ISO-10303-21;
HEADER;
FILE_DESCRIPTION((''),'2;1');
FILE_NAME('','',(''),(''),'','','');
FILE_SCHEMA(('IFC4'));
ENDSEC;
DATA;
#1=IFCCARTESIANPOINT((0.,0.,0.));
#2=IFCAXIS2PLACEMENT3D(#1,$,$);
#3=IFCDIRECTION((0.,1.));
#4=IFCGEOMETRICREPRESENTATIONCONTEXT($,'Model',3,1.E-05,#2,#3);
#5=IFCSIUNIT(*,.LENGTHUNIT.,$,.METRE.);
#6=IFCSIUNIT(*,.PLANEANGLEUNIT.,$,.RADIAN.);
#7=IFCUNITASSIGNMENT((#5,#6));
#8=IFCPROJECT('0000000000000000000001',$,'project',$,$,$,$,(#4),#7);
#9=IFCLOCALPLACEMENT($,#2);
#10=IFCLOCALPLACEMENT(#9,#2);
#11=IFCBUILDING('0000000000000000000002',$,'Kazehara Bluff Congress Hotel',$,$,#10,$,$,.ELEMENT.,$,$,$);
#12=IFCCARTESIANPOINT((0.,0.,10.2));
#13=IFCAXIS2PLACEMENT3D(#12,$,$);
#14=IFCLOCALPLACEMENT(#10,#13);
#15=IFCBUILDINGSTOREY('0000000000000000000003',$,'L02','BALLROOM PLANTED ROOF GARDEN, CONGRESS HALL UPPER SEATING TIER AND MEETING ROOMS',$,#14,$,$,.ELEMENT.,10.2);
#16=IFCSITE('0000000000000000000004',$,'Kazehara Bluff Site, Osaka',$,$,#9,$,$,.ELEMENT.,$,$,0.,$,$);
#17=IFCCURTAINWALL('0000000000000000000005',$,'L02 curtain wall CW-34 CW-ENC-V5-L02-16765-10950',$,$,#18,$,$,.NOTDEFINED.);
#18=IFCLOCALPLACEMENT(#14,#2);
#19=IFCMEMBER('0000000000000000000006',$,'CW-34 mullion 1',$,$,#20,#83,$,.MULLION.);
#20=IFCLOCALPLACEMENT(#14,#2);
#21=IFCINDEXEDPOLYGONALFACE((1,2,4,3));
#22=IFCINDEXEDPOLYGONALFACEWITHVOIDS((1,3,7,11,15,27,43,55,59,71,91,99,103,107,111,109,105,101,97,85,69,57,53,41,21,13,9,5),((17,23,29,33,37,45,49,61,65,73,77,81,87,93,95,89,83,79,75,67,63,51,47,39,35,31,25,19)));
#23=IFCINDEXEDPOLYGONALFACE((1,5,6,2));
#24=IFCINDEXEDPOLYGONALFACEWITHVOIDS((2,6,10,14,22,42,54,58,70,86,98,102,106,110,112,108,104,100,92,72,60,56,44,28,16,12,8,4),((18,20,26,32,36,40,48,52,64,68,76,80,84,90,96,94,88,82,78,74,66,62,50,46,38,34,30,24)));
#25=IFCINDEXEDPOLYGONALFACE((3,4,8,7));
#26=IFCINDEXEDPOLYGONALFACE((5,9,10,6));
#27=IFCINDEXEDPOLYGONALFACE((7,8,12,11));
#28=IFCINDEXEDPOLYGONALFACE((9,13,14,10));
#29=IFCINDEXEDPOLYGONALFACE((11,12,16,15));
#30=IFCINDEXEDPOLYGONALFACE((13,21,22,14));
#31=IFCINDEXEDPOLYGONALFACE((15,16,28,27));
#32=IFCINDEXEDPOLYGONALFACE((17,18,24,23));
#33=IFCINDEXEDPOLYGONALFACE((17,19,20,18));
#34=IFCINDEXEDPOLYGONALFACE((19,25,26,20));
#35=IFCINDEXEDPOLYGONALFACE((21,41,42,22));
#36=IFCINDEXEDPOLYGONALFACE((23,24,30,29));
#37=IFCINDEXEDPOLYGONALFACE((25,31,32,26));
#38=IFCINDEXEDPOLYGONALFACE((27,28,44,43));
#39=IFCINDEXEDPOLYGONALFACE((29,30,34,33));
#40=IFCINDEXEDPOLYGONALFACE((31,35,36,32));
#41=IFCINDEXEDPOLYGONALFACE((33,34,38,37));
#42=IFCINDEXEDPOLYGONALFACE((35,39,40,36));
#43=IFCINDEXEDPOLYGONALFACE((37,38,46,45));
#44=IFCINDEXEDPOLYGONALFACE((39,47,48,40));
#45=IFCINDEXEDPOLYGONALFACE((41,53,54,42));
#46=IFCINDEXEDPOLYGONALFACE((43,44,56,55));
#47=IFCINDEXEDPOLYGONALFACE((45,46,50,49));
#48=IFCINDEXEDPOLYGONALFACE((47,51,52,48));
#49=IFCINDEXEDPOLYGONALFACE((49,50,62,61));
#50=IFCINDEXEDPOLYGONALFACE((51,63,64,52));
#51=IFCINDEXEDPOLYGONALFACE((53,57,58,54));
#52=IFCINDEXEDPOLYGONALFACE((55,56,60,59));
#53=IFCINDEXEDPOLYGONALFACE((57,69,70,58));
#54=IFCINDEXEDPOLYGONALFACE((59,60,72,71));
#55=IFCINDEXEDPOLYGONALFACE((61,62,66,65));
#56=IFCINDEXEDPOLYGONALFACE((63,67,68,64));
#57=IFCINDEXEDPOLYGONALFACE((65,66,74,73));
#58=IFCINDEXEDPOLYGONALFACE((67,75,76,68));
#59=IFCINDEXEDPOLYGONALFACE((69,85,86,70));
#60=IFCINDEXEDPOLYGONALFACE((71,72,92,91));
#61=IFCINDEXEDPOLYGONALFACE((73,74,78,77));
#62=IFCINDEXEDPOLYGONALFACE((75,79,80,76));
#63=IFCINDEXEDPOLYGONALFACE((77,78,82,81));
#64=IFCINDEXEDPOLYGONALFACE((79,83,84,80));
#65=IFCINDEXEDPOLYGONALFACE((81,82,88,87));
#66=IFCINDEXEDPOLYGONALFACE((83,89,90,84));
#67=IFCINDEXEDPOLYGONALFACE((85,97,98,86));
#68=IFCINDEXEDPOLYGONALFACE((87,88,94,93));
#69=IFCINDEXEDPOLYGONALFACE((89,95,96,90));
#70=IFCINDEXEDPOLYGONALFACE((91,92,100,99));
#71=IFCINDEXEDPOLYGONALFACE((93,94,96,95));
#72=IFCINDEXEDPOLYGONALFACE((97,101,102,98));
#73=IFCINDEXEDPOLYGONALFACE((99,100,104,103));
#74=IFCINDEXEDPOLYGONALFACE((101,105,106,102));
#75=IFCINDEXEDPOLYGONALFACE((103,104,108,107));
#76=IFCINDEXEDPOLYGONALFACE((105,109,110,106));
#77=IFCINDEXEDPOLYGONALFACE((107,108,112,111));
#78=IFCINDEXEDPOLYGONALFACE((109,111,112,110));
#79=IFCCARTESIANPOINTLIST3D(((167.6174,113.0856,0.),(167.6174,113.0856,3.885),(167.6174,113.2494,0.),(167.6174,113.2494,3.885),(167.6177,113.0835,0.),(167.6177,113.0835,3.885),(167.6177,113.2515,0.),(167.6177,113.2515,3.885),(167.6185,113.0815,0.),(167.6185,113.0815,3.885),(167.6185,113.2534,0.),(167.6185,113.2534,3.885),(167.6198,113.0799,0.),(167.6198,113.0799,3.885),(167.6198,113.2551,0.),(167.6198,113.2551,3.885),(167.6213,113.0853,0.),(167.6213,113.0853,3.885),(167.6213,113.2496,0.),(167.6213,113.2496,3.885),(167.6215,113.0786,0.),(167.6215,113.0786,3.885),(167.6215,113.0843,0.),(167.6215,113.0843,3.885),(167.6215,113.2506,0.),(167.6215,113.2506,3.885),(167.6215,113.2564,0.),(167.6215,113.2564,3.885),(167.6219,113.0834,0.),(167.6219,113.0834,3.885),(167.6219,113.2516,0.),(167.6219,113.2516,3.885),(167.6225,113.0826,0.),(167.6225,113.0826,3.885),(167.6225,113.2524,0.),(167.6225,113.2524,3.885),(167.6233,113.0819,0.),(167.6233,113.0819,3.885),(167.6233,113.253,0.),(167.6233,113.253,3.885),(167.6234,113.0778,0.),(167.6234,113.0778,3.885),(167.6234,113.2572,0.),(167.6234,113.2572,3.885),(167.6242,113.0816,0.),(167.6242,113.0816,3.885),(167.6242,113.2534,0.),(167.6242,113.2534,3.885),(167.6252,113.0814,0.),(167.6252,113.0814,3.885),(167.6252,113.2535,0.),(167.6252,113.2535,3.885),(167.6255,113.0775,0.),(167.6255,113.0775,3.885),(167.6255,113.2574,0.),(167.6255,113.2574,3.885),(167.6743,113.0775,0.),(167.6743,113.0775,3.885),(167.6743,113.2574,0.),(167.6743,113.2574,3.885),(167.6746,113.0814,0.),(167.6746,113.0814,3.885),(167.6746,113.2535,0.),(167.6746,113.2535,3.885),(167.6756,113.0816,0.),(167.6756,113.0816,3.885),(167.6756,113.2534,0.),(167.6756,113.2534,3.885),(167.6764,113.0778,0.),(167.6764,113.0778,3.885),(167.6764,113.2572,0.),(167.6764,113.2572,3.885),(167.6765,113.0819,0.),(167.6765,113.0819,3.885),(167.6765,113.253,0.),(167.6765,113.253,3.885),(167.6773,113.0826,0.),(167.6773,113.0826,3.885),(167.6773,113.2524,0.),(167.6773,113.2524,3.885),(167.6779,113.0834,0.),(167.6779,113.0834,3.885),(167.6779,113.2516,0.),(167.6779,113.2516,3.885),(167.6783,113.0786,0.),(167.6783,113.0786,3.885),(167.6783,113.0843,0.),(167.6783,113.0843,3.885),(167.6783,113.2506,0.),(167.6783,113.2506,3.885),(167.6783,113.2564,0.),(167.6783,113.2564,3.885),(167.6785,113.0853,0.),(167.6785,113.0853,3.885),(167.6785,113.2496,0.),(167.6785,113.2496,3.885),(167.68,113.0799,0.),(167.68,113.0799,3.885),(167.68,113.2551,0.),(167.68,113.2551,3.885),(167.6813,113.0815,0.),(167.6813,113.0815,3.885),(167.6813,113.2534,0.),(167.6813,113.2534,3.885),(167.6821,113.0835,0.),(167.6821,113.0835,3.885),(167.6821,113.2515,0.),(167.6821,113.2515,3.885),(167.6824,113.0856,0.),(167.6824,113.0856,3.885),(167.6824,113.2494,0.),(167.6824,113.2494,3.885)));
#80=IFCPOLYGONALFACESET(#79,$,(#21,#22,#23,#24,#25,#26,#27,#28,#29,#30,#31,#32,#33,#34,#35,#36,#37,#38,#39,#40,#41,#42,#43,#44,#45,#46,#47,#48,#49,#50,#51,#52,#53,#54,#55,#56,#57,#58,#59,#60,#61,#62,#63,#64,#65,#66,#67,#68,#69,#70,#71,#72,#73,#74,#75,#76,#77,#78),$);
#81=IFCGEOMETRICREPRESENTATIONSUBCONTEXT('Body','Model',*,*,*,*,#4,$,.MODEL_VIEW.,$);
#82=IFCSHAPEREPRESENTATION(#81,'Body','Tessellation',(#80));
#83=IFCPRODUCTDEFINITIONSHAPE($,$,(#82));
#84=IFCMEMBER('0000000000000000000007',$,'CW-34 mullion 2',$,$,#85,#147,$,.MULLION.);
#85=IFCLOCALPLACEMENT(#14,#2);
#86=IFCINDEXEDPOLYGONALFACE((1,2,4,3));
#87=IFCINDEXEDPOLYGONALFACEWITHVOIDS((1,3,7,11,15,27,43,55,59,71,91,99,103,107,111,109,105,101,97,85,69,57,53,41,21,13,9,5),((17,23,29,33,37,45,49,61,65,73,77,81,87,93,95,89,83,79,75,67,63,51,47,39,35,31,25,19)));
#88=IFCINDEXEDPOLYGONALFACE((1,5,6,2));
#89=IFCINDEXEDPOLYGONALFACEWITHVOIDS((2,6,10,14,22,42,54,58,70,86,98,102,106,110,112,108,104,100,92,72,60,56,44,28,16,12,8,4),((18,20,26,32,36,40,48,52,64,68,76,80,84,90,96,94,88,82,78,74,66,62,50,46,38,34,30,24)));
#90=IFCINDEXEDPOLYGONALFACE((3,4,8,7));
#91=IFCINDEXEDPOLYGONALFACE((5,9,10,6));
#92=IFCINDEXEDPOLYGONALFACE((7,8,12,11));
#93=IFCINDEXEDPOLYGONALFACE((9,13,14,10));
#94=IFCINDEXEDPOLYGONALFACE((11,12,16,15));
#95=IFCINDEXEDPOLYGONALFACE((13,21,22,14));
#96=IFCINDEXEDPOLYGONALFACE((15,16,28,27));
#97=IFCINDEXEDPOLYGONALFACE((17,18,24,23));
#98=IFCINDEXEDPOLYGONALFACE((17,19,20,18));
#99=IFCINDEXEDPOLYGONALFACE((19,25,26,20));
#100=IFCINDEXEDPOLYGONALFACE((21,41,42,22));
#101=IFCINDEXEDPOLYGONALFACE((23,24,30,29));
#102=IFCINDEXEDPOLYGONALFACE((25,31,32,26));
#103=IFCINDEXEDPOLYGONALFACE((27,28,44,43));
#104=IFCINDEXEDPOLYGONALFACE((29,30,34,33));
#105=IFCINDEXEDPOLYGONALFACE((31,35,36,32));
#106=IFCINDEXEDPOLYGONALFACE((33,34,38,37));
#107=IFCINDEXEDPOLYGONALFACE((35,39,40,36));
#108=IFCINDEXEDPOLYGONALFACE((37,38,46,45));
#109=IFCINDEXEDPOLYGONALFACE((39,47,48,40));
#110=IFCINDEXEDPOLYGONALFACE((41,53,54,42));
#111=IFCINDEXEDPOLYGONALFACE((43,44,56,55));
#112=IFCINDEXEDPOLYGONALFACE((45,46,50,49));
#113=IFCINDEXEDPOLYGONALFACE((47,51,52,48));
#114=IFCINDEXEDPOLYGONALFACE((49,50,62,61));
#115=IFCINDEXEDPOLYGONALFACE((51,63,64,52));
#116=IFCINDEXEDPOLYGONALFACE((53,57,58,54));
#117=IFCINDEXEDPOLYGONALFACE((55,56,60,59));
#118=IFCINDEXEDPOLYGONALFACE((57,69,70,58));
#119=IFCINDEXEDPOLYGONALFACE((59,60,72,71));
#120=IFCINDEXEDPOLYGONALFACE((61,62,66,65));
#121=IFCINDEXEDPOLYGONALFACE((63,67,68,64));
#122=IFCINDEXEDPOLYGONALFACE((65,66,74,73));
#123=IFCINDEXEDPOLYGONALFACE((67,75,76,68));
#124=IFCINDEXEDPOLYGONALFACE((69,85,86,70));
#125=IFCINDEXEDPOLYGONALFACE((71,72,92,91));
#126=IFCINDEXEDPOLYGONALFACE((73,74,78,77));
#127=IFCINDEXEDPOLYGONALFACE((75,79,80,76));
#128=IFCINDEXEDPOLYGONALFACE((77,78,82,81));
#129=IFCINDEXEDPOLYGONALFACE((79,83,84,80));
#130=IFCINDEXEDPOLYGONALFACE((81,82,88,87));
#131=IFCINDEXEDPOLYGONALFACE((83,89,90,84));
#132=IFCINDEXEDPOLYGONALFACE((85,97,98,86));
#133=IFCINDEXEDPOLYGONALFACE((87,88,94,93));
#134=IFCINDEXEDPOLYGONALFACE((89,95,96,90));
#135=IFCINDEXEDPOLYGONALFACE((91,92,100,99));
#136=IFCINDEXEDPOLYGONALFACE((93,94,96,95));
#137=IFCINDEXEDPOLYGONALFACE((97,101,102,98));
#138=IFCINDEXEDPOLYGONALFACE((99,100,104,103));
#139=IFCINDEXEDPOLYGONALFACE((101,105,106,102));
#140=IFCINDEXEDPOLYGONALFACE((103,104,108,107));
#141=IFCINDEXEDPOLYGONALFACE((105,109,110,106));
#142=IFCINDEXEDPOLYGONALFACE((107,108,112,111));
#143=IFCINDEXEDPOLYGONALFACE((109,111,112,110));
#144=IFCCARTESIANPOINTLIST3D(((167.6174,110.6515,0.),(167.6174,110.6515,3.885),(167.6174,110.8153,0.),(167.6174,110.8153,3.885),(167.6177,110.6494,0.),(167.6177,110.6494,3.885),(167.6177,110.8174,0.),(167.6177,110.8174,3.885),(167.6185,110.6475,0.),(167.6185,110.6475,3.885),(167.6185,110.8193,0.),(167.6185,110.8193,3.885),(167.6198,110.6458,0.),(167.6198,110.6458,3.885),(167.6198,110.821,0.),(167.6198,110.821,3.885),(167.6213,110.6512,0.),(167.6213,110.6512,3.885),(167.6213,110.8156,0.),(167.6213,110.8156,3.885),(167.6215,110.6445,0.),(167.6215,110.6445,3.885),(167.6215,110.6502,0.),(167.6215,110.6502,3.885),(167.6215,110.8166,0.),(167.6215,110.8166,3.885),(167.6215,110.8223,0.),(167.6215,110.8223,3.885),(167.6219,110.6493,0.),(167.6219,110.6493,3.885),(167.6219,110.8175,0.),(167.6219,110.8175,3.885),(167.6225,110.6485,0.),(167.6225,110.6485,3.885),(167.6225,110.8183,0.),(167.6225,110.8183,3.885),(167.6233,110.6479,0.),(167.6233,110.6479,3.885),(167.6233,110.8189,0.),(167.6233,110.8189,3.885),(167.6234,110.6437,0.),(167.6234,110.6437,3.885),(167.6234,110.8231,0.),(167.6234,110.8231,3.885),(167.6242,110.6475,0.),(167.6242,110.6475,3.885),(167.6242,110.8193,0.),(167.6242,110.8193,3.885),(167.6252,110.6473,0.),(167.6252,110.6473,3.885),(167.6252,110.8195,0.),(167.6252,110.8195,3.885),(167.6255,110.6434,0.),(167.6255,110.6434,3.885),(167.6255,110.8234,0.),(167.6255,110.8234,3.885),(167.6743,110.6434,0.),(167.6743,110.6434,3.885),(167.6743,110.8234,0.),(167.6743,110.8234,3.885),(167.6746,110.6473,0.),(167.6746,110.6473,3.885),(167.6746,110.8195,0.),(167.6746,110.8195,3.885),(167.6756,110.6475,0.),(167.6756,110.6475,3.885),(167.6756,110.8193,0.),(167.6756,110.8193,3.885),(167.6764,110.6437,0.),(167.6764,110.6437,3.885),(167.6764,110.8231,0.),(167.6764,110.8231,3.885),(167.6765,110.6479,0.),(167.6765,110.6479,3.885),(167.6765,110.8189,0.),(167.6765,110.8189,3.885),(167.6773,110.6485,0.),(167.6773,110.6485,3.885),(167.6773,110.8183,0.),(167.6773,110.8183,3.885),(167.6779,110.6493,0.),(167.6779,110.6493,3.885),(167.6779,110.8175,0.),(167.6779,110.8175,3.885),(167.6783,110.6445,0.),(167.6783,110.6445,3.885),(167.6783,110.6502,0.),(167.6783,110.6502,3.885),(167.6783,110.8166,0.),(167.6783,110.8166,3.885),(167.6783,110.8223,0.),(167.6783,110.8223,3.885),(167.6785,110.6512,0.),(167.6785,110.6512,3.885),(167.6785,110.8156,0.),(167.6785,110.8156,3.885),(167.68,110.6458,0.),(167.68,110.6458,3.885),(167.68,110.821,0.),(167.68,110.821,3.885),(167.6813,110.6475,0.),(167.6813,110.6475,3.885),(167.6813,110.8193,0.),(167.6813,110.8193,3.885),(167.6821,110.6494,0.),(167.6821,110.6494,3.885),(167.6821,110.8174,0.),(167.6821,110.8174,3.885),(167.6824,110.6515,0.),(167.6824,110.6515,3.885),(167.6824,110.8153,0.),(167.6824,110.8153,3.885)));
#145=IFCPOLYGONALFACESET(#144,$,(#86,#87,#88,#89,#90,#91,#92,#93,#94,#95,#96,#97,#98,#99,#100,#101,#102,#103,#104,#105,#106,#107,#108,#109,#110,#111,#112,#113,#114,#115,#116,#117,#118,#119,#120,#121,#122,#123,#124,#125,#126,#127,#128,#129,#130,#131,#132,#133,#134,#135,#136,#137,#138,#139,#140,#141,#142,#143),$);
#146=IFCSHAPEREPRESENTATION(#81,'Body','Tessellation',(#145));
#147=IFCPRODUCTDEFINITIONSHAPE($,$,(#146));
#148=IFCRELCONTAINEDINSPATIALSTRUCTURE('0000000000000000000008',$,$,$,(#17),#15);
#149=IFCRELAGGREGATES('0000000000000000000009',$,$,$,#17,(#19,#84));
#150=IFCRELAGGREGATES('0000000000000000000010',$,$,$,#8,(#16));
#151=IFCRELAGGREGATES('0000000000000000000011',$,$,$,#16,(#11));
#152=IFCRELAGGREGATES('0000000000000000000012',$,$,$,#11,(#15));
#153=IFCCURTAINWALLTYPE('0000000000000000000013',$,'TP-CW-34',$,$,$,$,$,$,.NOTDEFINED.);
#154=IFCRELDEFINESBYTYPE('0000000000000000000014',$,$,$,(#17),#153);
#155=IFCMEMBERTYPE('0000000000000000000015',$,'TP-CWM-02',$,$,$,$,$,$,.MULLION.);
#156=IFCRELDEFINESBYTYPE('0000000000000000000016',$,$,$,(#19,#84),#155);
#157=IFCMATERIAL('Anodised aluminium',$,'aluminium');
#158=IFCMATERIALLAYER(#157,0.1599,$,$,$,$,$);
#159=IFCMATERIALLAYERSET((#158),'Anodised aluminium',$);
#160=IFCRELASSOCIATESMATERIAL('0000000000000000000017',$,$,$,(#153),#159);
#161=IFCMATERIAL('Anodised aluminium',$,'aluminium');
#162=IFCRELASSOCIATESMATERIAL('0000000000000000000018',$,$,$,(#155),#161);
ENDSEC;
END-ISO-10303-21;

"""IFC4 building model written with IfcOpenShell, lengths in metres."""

from ifc_helpers import new_model, si_unit, direction, frame, origin, origin_2d, place, context, subcontext, project, spatial, hollow_rectangle, extrude, material, layer, layer_set, material_profile, profile_set, type_object, element, aggregate, save


model = new_model("IFC4")

# Units and contexts
model_context = context("Model", 3, precision=1e-05, world=origin(), true_north=direction((0.0, 1.0)))
body_context = subcontext(model_context, "Body", "Model", "MODEL_VIEW")
ifc_project = project(units=[si_unit("LENGTHUNIT", "METRE"), si_unit("PLANEANGLEUNIT", "RADIAN")], contexts=[model_context])

# Site, building, storey
site_placement = place(None, origin())
site = spatial("IfcSite", under=ifc_project, at=site_placement, Name="Kazehara Bluff Site, Osaka", CompositionType="ELEMENT", RefElevation=0.0)
building_placement = place(site_placement, origin())
building = spatial("IfcBuilding", under=site, at=building_placement, Name="Kazehara Bluff Congress Hotel", CompositionType="ELEMENT")
storey_placement = place(building_placement, frame((0.0, 0.0, 10.2)))
storey = spatial("IfcBuildingStorey", under=building, at=storey_placement, Name="L02", Description="BALLROOM PLANTED ROOF GARDEN, CONGRESS HALL UPPER SEATING TIER AND MEETING ROOMS", CompositionType="ELEMENT", Elevation=10.2)

# Curtain wall, members
ifc_material_1 = material(Name="Anodised aluminium", Category="aluminium")
ifc_layer_1 = layer(ifc_material_1, 0.1599)
ifc_layer_set_1 = layer_set([ifc_layer_1], Name="Anodised aluminium")
curtain_wall_type_1 = type_object("IfcCurtainWallType", Name="TP-CW-34", PredefinedType="NOTDEFINED", material=ifc_layer_set_1)
curtain_wall_1_placement = place(storey_placement, origin())
curtain_wall_1 = element("IfcCurtainWall", 1, at=curtain_wall_1_placement, inside=storey, type_object=curtain_wall_type_1, Name="L02 curtain wall CW-34 CW-ENC-V5-L02-16765-10950", PredefinedType="NOTDEFINED")
ifc_material_2 = material(Name="Anodised aluminium", Category="aluminium")
ifc_material_profile_1 = material_profile(ifc_material_2, hollow_rectangle(XDim=0.0649, YDim=0.1799, WallThickness=0.0039, InnerFilletRadius=0.0039, OuterFilletRadius=0.0081, at=origin_2d()))
ifc_profile_set_1 = profile_set([ifc_material_profile_1], Name="Anodised aluminium")
member_type_1 = type_object("IfcMemberType", Name="TP-CWM-02", PredefinedType="MULLION", material=ifc_profile_set_1)
member_1_placement = place(storey_placement, frame((167.6499, 113.1675, 0.0), z_axis=(0.0, 0.0, 1.0), x_axis=(1.0, 0.0, 0.0)))
member_1 = element("IfcMember", 2, at=member_1_placement, type_object=member_type_1, Name="CW-34 mullion 1", PredefinedType="MULLION", context=body_context, shape_type="SweptSolid", body=[
    extrude(hollow_rectangle(XDim=0.0649, YDim=0.1799, WallThickness=0.0039, InnerFilletRadius=0.0039, OuterFilletRadius=0.0081, at=origin_2d()), origin(), (0.0, 0.0, 1.0), 3.885),
])
member_2_placement = place(storey_placement, frame((167.6499, 110.7334, 0.0), z_axis=(0.0, 0.0, 1.0), x_axis=(1.0, 0.0, 0.0)))
member_2 = element("IfcMember", 3, at=member_2_placement, type_object=member_type_1, Name="CW-34 mullion 2", PredefinedType="MULLION", context=body_context, shape_type="SweptSolid", body=[
    extrude(hollow_rectangle(XDim=0.0649, YDim=0.1799, WallThickness=0.0039, InnerFilletRadius=0.0039, OuterFilletRadius=0.0081, at=origin_2d()), origin(), (0.0, 0.0, 1.0), 3.885),
])

aggregate(curtain_wall_1, [member_1, member_2])

save(model, "model.ifc")
